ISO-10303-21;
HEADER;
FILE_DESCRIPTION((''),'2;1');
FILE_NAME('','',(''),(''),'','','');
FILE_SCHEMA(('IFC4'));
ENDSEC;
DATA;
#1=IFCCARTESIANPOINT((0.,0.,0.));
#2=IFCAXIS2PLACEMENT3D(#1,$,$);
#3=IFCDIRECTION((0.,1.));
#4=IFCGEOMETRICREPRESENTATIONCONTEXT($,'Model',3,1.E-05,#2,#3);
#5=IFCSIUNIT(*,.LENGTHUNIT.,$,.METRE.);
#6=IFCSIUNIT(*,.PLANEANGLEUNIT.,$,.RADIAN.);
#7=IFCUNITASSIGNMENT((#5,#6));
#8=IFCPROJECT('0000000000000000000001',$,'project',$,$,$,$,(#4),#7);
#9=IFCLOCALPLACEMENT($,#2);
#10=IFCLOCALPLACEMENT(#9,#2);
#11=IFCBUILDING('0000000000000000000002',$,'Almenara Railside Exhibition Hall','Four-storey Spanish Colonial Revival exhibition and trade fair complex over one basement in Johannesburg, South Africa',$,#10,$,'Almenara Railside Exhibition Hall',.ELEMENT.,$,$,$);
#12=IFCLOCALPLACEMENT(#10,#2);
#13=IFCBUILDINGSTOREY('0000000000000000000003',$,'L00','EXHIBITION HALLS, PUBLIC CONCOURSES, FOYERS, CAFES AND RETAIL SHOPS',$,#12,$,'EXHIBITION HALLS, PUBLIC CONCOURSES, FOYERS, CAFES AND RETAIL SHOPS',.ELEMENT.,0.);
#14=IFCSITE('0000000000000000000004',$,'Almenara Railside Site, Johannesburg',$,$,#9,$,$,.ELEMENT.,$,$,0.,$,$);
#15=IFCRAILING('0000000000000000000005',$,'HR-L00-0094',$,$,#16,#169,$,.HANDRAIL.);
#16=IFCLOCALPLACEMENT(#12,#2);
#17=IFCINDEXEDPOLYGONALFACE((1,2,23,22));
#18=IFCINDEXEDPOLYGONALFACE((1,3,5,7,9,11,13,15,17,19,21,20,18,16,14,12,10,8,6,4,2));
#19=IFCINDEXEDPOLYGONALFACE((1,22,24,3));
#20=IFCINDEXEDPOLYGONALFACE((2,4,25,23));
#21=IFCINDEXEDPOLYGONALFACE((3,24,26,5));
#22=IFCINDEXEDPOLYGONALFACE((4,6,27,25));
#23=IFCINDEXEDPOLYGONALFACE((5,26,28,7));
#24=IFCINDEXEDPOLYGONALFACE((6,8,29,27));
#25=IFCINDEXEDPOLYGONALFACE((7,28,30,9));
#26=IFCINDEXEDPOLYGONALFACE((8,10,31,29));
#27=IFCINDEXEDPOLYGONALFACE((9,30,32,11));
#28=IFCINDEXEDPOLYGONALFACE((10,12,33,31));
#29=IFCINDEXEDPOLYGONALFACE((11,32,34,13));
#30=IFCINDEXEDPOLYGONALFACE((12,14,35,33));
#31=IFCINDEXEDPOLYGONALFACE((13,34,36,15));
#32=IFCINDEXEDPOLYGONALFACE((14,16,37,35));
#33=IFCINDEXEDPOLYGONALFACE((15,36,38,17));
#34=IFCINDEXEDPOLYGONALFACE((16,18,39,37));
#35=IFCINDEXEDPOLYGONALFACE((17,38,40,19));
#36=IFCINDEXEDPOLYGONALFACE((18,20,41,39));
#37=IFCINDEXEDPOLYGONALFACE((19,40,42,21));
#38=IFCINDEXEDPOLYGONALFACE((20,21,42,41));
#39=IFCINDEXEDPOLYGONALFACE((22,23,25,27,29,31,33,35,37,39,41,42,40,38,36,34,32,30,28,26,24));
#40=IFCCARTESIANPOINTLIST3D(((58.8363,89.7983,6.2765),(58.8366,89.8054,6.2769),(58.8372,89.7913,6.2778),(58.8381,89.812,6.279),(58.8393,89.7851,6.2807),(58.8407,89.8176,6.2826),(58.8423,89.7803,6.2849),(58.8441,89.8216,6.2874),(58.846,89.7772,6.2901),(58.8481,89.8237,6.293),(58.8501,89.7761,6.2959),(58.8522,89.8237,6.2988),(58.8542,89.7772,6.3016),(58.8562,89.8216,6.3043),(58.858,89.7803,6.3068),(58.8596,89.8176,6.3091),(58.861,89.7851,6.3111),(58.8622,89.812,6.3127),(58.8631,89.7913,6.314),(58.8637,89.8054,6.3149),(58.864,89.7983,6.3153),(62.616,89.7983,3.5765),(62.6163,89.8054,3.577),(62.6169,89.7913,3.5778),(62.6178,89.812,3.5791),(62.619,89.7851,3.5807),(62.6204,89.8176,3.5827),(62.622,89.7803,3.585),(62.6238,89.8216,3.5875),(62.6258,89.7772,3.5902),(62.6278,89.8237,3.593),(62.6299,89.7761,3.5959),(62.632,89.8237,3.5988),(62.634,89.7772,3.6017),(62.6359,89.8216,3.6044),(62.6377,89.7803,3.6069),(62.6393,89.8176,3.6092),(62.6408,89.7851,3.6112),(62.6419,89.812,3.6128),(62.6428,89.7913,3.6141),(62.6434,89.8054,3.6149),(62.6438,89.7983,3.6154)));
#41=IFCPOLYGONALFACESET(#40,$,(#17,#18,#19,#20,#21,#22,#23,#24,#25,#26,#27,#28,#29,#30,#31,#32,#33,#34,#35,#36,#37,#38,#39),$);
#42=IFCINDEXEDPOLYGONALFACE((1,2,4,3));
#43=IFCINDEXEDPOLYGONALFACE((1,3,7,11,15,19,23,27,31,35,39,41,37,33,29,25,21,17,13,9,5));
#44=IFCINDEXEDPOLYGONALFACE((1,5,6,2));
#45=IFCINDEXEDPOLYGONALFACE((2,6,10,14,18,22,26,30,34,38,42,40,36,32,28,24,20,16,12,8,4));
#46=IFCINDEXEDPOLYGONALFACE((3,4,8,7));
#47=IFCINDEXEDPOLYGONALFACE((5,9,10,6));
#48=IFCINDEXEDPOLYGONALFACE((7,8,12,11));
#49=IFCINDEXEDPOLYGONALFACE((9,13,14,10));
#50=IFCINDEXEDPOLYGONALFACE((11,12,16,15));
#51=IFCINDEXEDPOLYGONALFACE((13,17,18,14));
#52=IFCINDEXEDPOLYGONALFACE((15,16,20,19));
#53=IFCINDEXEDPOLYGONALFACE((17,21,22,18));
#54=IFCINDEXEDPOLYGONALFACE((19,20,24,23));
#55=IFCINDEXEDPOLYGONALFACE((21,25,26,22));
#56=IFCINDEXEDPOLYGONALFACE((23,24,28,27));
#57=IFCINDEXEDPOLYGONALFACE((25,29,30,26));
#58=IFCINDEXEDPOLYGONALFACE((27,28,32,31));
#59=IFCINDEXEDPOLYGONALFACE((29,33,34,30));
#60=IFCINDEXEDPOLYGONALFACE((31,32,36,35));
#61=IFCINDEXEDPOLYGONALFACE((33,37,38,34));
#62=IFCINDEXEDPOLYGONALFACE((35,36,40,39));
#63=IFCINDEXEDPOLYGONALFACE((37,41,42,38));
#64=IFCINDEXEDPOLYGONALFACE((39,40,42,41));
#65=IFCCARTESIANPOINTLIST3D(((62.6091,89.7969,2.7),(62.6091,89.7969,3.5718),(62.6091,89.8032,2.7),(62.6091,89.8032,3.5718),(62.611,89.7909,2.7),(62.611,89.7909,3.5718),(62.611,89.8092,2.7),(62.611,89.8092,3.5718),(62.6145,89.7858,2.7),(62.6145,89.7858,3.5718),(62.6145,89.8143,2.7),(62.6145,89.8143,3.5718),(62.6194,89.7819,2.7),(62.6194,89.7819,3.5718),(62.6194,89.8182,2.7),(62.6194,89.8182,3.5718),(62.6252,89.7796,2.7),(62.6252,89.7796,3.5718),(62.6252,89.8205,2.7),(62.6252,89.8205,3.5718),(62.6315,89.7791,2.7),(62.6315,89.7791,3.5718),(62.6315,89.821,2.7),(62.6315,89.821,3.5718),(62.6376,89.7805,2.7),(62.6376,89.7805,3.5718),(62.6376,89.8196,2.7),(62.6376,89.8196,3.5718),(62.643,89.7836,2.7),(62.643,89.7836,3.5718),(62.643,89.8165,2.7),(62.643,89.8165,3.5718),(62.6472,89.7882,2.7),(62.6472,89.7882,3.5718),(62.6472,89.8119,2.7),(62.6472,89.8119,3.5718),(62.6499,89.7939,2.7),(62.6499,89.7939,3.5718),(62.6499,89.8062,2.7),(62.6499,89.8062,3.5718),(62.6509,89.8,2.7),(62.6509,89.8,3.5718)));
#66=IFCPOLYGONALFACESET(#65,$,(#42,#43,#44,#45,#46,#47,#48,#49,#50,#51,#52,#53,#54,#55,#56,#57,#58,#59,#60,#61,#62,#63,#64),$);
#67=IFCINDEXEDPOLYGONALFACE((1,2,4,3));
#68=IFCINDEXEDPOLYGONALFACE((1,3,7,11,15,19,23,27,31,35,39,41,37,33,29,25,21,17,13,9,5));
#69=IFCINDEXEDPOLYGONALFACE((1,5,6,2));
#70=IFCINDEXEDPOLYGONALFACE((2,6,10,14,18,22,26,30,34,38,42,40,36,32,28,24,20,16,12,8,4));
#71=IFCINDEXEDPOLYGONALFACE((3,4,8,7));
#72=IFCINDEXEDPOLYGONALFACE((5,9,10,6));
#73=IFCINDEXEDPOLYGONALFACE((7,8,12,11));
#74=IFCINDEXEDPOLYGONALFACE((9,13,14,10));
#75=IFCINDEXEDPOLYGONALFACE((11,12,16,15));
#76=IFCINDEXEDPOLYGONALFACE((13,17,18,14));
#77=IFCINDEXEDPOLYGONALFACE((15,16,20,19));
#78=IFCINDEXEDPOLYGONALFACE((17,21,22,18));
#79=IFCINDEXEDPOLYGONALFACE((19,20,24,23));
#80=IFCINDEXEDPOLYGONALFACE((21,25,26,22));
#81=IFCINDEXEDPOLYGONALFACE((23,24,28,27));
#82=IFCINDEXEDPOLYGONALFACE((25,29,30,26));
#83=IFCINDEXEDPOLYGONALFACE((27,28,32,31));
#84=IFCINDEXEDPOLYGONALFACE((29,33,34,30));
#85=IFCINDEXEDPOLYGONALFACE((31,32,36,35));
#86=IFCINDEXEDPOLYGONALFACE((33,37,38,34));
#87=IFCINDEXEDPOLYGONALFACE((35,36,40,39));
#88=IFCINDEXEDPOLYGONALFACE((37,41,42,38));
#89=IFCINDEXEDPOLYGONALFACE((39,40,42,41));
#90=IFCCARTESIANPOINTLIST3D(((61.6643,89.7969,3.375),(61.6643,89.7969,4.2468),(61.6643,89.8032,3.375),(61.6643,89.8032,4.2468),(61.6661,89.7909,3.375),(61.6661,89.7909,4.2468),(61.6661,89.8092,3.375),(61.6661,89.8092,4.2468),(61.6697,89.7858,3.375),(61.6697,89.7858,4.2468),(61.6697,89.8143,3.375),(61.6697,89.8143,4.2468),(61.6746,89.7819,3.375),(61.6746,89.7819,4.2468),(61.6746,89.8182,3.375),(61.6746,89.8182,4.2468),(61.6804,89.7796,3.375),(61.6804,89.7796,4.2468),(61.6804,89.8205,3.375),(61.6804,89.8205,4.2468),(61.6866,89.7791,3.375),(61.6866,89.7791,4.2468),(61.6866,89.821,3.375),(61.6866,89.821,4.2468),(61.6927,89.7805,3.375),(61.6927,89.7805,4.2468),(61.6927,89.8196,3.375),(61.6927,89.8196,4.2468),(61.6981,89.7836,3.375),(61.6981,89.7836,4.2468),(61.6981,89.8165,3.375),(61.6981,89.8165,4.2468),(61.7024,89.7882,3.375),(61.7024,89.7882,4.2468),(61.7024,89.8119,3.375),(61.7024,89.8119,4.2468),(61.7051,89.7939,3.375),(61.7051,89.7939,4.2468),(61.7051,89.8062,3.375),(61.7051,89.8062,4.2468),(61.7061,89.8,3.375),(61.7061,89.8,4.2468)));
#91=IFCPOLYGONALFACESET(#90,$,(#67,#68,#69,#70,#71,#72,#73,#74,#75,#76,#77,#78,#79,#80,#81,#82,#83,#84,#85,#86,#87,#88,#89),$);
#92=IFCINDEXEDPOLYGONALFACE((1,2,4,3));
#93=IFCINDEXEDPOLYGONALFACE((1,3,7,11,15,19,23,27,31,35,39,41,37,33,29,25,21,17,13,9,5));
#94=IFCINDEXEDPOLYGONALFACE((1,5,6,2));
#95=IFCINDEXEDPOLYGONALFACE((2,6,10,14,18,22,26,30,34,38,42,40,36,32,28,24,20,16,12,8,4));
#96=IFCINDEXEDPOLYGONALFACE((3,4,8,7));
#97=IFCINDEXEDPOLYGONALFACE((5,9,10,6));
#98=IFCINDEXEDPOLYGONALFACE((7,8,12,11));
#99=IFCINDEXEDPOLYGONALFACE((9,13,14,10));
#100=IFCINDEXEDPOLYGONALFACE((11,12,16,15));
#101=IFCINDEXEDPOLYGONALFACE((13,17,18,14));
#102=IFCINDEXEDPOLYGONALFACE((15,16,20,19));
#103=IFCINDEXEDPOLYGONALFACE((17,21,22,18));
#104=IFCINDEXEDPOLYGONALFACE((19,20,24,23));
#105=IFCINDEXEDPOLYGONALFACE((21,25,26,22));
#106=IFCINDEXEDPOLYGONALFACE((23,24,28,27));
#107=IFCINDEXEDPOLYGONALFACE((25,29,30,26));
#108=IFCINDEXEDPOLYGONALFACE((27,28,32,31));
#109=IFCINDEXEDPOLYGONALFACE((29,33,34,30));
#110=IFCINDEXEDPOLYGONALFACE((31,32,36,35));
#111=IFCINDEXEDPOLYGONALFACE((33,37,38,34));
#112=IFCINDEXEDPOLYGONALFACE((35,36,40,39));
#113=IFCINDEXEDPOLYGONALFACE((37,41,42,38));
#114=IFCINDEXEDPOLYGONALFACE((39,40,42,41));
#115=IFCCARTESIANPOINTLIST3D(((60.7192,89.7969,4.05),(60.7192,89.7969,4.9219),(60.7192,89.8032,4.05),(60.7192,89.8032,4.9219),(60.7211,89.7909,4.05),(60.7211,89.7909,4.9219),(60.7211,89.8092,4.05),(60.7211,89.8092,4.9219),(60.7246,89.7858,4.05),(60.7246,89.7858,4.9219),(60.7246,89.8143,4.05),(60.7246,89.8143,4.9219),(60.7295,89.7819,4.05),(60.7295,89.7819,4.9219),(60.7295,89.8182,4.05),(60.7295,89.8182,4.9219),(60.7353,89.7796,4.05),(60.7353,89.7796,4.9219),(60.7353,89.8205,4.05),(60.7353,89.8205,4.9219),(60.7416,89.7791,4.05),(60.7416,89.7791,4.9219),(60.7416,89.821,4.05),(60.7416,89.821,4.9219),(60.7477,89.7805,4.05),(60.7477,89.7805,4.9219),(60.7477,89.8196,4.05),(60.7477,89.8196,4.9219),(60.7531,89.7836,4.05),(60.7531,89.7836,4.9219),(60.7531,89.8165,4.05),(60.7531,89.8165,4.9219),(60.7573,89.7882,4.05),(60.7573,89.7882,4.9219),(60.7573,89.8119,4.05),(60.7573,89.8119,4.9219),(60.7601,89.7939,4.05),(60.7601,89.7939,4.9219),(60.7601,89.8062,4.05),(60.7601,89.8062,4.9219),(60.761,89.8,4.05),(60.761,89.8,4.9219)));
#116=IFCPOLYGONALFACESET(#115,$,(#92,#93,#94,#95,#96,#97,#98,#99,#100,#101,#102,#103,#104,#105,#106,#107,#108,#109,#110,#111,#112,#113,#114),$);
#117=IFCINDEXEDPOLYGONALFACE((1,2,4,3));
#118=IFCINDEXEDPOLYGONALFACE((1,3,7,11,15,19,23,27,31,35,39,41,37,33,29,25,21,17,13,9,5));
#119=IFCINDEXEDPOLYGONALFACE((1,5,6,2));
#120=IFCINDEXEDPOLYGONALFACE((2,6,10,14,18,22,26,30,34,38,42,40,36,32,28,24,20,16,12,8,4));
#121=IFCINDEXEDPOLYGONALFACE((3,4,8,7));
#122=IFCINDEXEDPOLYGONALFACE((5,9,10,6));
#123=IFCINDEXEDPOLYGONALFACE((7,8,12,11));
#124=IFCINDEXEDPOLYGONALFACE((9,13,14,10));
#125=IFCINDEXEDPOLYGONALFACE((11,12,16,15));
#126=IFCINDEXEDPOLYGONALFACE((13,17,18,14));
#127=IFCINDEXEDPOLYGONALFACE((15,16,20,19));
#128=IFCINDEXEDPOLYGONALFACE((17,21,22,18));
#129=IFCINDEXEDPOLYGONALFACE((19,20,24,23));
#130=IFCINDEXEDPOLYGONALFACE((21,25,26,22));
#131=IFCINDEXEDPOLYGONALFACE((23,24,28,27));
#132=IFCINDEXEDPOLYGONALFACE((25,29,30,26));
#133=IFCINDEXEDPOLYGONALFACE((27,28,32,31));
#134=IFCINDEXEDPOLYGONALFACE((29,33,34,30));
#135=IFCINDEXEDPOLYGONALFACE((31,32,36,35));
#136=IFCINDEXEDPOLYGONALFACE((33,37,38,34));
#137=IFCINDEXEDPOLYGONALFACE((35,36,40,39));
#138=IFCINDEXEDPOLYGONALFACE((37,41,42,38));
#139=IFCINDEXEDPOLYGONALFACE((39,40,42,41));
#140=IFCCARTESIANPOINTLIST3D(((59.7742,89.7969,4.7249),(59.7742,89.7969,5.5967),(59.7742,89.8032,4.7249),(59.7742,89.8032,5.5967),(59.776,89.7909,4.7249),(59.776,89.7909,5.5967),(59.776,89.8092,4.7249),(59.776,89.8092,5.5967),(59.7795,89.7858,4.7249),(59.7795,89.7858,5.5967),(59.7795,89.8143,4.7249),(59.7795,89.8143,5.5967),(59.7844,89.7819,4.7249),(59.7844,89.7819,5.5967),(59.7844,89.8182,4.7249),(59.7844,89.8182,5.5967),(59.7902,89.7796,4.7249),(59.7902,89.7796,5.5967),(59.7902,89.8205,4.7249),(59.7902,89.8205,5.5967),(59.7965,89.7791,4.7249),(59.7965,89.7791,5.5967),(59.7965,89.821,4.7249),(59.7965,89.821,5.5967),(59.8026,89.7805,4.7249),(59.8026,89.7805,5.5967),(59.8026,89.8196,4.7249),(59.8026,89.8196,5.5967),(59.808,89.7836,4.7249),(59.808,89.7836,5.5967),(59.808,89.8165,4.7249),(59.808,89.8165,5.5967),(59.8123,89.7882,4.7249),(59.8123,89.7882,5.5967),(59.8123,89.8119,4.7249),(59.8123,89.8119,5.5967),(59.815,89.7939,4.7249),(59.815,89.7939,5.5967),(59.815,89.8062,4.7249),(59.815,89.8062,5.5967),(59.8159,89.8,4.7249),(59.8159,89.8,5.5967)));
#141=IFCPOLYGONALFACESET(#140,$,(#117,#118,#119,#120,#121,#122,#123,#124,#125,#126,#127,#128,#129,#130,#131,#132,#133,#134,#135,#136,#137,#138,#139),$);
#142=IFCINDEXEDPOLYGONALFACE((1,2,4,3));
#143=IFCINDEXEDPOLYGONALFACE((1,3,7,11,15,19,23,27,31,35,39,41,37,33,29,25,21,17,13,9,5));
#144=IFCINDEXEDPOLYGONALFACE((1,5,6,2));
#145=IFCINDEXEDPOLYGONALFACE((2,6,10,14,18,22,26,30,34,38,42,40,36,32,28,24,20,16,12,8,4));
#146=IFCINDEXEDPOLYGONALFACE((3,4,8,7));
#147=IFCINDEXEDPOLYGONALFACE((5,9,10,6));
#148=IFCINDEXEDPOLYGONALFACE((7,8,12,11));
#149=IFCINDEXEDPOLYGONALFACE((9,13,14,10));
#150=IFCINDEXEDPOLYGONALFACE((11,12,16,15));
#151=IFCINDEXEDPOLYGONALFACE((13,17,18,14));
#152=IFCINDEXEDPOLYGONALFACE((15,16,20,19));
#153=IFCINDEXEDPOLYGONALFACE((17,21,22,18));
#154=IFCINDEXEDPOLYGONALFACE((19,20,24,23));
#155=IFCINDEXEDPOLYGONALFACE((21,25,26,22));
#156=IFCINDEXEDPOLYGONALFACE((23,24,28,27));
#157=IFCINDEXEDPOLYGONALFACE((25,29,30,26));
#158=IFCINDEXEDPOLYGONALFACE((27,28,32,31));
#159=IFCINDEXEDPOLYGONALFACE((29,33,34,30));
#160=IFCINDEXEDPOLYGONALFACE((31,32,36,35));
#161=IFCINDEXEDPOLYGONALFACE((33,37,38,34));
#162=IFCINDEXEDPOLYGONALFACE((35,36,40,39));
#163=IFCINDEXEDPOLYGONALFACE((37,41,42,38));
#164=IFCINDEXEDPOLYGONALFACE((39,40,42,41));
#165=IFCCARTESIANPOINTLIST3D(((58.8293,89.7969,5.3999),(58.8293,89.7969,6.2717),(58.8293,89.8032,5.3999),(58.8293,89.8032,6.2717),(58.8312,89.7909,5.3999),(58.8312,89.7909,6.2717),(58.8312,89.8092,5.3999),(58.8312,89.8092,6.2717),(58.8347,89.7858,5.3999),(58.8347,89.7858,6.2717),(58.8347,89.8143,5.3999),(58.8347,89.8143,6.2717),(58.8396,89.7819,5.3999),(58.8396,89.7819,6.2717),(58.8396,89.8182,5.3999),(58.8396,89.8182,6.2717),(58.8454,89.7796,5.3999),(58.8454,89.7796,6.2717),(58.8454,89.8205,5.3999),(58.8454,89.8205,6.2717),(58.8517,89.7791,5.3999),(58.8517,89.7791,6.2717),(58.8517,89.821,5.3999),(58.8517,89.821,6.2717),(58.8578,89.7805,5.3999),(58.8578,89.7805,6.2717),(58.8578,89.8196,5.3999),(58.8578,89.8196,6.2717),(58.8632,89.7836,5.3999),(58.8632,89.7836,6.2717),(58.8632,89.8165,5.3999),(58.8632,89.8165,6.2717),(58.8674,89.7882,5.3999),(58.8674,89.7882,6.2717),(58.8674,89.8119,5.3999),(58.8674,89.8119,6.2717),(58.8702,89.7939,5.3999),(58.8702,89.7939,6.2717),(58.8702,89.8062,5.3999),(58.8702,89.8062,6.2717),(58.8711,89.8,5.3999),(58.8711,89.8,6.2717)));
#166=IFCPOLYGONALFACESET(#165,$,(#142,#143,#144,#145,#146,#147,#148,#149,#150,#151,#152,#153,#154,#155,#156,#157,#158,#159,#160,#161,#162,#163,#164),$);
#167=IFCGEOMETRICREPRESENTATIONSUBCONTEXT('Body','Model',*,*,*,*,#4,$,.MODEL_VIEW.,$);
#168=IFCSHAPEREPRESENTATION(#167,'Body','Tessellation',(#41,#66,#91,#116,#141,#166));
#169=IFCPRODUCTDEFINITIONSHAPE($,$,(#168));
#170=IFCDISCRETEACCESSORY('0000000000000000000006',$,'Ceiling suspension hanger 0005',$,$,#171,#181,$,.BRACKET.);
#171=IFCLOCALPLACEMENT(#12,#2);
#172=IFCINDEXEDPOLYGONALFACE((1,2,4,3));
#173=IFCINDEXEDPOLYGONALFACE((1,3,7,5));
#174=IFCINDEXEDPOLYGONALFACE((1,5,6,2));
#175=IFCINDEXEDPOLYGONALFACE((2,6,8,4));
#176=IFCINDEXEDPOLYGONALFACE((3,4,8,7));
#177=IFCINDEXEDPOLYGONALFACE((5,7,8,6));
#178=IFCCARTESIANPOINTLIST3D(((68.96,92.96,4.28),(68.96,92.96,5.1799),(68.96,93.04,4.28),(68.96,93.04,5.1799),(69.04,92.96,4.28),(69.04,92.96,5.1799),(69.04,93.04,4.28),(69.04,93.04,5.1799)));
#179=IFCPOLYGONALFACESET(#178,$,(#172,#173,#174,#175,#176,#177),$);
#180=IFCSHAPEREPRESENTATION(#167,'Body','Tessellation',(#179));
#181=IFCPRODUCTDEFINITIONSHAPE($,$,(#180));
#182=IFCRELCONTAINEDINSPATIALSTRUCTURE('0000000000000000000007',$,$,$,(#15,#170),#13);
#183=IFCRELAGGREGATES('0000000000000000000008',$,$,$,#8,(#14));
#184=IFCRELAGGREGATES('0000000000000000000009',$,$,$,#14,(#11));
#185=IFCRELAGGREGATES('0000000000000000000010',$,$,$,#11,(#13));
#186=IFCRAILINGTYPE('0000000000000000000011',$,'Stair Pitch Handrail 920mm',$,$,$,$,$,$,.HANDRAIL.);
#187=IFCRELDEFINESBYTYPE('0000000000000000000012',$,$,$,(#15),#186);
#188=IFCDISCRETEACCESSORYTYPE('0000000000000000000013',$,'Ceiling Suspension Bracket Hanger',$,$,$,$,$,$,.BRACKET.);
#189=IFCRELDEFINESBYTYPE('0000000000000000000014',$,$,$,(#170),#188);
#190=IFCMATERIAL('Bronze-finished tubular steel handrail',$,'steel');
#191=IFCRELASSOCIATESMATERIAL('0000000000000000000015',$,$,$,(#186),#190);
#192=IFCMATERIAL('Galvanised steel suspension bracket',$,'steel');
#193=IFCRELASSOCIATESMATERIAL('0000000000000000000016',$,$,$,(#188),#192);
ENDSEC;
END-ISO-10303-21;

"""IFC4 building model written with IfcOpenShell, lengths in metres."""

from ifc_helpers import new_model, si_unit, direction, frame, origin, origin_2d, place, context, subcontext, project, spatial, rectangle, circle, extrude, material, type_object, element, save


model = new_model("IFC4")

# Units and contexts
model_context = context("Model", 3, precision=1e-05, world=origin(), true_north=direction((0.0, 1.0)))
body_context = subcontext(model_context, "Body", "Model", "MODEL_VIEW")
ifc_project = project(units=[si_unit("LENGTHUNIT", "METRE"), si_unit("PLANEANGLEUNIT", "RADIAN")], contexts=[model_context])

# Site, building, storey
site_placement = place(None, origin())
site = spatial("IfcSite", under=ifc_project, at=site_placement, Name="Almenara Railside Site, Johannesburg", CompositionType="ELEMENT", RefElevation=0.0)
building_placement = place(site_placement, origin())
building = spatial("IfcBuilding", under=site, at=building_placement, Name="Almenara Railside Exhibition Hall", Description="Four-storey Spanish Colonial Revival exhibition and trade fair complex over one basement in Johannesburg, South Africa", LongName="Almenara Railside Exhibition Hall", CompositionType="ELEMENT")
storey_placement = place(building_placement, origin())
storey = spatial("IfcBuildingStorey", under=building, at=storey_placement, Name="L00", Description="EXHIBITION HALLS, PUBLIC CONCOURSES, FOYERS, CAFES AND RETAIL SHOPS", LongName="EXHIBITION HALLS, PUBLIC CONCOURSES, FOYERS, CAFES AND RETAIL SHOPS", CompositionType="ELEMENT", Elevation=0.0)

# Railing
ifc_material_1 = material(Name="Bronze-finished tubular steel handrail", Category="steel")
railing_type_1 = type_object("IfcRailingType", Name="Stair Pitch Handrail 920mm", PredefinedType="HANDRAIL", material=ifc_material_1)
railing_1_placement = place(storey_placement, frame((62.6299, 89.8, 2.7)))
element("IfcRailing", 1, at=railing_1_placement, inside=storey, type_object=railing_type_1, Name="HR-L00-0094", PredefinedType="HANDRAIL", context=body_context, shape_type="SweptSolid", body=[
    extrude(circle(Radius=0.0239, at=origin_2d()), frame((0.0, 0.0, 0.896), z_axis=(-0.813723, 0.0, 0.581253), x_axis=(0.0, -1.0, 0.0)), (0.0, 0.0, 1.0), 4.645),
    extrude(circle(Radius=0.021, at=origin_2d()), origin(), (0.0, 0.0, 1.0), 0.8718),
    extrude(circle(Radius=0.021, at=origin_2d()), frame((-0.9448, 0.0, 0.675)), (0.0, 0.0, 1.0), 0.8718),
    extrude(circle(Radius=0.021, at=origin_2d()), frame((-1.8899, 0.0, 1.3501)), (0.0, 0.0, 1.0), 0.8718),
    extrude(circle(Radius=0.021, at=origin_2d()), frame((-2.835, 0.0, 2.0249)), (0.0, 0.0, 1.0), 0.8718),
    extrude(circle(Radius=0.021, at=origin_2d()), frame((-3.7798, 0.0, 2.7)), (0.0, 0.0, 1.0), 0.8718),
])

# Discrete accessory
ifc_material_2 = material(Name="Galvanised steel suspension bracket", Category="steel")
discrete_accessory_type = type_object("IfcDiscreteAccessoryType", Name="Ceiling Suspension Bracket Hanger", PredefinedType="BRACKET", material=ifc_material_2)
discrete_accessory_placement = place(storey_placement, frame((69.0, 93.0, 4.28), z_axis=(0.0, 0.0, 1.0), x_axis=(1.0, 0.0, 0.0)))
element("IfcDiscreteAccessory", 2, at=discrete_accessory_placement, inside=storey, type_object=discrete_accessory_type, Name="Ceiling suspension hanger 0005", PredefinedType="BRACKET", context=body_context, shape_type="SweptSolid", body=[
    extrude(rectangle(XDim=0.0801, YDim=0.0801, at=origin_2d()), origin(), (0.0, 0.0, 1.0), 0.8999),
])

save(model, "model.ifc")
